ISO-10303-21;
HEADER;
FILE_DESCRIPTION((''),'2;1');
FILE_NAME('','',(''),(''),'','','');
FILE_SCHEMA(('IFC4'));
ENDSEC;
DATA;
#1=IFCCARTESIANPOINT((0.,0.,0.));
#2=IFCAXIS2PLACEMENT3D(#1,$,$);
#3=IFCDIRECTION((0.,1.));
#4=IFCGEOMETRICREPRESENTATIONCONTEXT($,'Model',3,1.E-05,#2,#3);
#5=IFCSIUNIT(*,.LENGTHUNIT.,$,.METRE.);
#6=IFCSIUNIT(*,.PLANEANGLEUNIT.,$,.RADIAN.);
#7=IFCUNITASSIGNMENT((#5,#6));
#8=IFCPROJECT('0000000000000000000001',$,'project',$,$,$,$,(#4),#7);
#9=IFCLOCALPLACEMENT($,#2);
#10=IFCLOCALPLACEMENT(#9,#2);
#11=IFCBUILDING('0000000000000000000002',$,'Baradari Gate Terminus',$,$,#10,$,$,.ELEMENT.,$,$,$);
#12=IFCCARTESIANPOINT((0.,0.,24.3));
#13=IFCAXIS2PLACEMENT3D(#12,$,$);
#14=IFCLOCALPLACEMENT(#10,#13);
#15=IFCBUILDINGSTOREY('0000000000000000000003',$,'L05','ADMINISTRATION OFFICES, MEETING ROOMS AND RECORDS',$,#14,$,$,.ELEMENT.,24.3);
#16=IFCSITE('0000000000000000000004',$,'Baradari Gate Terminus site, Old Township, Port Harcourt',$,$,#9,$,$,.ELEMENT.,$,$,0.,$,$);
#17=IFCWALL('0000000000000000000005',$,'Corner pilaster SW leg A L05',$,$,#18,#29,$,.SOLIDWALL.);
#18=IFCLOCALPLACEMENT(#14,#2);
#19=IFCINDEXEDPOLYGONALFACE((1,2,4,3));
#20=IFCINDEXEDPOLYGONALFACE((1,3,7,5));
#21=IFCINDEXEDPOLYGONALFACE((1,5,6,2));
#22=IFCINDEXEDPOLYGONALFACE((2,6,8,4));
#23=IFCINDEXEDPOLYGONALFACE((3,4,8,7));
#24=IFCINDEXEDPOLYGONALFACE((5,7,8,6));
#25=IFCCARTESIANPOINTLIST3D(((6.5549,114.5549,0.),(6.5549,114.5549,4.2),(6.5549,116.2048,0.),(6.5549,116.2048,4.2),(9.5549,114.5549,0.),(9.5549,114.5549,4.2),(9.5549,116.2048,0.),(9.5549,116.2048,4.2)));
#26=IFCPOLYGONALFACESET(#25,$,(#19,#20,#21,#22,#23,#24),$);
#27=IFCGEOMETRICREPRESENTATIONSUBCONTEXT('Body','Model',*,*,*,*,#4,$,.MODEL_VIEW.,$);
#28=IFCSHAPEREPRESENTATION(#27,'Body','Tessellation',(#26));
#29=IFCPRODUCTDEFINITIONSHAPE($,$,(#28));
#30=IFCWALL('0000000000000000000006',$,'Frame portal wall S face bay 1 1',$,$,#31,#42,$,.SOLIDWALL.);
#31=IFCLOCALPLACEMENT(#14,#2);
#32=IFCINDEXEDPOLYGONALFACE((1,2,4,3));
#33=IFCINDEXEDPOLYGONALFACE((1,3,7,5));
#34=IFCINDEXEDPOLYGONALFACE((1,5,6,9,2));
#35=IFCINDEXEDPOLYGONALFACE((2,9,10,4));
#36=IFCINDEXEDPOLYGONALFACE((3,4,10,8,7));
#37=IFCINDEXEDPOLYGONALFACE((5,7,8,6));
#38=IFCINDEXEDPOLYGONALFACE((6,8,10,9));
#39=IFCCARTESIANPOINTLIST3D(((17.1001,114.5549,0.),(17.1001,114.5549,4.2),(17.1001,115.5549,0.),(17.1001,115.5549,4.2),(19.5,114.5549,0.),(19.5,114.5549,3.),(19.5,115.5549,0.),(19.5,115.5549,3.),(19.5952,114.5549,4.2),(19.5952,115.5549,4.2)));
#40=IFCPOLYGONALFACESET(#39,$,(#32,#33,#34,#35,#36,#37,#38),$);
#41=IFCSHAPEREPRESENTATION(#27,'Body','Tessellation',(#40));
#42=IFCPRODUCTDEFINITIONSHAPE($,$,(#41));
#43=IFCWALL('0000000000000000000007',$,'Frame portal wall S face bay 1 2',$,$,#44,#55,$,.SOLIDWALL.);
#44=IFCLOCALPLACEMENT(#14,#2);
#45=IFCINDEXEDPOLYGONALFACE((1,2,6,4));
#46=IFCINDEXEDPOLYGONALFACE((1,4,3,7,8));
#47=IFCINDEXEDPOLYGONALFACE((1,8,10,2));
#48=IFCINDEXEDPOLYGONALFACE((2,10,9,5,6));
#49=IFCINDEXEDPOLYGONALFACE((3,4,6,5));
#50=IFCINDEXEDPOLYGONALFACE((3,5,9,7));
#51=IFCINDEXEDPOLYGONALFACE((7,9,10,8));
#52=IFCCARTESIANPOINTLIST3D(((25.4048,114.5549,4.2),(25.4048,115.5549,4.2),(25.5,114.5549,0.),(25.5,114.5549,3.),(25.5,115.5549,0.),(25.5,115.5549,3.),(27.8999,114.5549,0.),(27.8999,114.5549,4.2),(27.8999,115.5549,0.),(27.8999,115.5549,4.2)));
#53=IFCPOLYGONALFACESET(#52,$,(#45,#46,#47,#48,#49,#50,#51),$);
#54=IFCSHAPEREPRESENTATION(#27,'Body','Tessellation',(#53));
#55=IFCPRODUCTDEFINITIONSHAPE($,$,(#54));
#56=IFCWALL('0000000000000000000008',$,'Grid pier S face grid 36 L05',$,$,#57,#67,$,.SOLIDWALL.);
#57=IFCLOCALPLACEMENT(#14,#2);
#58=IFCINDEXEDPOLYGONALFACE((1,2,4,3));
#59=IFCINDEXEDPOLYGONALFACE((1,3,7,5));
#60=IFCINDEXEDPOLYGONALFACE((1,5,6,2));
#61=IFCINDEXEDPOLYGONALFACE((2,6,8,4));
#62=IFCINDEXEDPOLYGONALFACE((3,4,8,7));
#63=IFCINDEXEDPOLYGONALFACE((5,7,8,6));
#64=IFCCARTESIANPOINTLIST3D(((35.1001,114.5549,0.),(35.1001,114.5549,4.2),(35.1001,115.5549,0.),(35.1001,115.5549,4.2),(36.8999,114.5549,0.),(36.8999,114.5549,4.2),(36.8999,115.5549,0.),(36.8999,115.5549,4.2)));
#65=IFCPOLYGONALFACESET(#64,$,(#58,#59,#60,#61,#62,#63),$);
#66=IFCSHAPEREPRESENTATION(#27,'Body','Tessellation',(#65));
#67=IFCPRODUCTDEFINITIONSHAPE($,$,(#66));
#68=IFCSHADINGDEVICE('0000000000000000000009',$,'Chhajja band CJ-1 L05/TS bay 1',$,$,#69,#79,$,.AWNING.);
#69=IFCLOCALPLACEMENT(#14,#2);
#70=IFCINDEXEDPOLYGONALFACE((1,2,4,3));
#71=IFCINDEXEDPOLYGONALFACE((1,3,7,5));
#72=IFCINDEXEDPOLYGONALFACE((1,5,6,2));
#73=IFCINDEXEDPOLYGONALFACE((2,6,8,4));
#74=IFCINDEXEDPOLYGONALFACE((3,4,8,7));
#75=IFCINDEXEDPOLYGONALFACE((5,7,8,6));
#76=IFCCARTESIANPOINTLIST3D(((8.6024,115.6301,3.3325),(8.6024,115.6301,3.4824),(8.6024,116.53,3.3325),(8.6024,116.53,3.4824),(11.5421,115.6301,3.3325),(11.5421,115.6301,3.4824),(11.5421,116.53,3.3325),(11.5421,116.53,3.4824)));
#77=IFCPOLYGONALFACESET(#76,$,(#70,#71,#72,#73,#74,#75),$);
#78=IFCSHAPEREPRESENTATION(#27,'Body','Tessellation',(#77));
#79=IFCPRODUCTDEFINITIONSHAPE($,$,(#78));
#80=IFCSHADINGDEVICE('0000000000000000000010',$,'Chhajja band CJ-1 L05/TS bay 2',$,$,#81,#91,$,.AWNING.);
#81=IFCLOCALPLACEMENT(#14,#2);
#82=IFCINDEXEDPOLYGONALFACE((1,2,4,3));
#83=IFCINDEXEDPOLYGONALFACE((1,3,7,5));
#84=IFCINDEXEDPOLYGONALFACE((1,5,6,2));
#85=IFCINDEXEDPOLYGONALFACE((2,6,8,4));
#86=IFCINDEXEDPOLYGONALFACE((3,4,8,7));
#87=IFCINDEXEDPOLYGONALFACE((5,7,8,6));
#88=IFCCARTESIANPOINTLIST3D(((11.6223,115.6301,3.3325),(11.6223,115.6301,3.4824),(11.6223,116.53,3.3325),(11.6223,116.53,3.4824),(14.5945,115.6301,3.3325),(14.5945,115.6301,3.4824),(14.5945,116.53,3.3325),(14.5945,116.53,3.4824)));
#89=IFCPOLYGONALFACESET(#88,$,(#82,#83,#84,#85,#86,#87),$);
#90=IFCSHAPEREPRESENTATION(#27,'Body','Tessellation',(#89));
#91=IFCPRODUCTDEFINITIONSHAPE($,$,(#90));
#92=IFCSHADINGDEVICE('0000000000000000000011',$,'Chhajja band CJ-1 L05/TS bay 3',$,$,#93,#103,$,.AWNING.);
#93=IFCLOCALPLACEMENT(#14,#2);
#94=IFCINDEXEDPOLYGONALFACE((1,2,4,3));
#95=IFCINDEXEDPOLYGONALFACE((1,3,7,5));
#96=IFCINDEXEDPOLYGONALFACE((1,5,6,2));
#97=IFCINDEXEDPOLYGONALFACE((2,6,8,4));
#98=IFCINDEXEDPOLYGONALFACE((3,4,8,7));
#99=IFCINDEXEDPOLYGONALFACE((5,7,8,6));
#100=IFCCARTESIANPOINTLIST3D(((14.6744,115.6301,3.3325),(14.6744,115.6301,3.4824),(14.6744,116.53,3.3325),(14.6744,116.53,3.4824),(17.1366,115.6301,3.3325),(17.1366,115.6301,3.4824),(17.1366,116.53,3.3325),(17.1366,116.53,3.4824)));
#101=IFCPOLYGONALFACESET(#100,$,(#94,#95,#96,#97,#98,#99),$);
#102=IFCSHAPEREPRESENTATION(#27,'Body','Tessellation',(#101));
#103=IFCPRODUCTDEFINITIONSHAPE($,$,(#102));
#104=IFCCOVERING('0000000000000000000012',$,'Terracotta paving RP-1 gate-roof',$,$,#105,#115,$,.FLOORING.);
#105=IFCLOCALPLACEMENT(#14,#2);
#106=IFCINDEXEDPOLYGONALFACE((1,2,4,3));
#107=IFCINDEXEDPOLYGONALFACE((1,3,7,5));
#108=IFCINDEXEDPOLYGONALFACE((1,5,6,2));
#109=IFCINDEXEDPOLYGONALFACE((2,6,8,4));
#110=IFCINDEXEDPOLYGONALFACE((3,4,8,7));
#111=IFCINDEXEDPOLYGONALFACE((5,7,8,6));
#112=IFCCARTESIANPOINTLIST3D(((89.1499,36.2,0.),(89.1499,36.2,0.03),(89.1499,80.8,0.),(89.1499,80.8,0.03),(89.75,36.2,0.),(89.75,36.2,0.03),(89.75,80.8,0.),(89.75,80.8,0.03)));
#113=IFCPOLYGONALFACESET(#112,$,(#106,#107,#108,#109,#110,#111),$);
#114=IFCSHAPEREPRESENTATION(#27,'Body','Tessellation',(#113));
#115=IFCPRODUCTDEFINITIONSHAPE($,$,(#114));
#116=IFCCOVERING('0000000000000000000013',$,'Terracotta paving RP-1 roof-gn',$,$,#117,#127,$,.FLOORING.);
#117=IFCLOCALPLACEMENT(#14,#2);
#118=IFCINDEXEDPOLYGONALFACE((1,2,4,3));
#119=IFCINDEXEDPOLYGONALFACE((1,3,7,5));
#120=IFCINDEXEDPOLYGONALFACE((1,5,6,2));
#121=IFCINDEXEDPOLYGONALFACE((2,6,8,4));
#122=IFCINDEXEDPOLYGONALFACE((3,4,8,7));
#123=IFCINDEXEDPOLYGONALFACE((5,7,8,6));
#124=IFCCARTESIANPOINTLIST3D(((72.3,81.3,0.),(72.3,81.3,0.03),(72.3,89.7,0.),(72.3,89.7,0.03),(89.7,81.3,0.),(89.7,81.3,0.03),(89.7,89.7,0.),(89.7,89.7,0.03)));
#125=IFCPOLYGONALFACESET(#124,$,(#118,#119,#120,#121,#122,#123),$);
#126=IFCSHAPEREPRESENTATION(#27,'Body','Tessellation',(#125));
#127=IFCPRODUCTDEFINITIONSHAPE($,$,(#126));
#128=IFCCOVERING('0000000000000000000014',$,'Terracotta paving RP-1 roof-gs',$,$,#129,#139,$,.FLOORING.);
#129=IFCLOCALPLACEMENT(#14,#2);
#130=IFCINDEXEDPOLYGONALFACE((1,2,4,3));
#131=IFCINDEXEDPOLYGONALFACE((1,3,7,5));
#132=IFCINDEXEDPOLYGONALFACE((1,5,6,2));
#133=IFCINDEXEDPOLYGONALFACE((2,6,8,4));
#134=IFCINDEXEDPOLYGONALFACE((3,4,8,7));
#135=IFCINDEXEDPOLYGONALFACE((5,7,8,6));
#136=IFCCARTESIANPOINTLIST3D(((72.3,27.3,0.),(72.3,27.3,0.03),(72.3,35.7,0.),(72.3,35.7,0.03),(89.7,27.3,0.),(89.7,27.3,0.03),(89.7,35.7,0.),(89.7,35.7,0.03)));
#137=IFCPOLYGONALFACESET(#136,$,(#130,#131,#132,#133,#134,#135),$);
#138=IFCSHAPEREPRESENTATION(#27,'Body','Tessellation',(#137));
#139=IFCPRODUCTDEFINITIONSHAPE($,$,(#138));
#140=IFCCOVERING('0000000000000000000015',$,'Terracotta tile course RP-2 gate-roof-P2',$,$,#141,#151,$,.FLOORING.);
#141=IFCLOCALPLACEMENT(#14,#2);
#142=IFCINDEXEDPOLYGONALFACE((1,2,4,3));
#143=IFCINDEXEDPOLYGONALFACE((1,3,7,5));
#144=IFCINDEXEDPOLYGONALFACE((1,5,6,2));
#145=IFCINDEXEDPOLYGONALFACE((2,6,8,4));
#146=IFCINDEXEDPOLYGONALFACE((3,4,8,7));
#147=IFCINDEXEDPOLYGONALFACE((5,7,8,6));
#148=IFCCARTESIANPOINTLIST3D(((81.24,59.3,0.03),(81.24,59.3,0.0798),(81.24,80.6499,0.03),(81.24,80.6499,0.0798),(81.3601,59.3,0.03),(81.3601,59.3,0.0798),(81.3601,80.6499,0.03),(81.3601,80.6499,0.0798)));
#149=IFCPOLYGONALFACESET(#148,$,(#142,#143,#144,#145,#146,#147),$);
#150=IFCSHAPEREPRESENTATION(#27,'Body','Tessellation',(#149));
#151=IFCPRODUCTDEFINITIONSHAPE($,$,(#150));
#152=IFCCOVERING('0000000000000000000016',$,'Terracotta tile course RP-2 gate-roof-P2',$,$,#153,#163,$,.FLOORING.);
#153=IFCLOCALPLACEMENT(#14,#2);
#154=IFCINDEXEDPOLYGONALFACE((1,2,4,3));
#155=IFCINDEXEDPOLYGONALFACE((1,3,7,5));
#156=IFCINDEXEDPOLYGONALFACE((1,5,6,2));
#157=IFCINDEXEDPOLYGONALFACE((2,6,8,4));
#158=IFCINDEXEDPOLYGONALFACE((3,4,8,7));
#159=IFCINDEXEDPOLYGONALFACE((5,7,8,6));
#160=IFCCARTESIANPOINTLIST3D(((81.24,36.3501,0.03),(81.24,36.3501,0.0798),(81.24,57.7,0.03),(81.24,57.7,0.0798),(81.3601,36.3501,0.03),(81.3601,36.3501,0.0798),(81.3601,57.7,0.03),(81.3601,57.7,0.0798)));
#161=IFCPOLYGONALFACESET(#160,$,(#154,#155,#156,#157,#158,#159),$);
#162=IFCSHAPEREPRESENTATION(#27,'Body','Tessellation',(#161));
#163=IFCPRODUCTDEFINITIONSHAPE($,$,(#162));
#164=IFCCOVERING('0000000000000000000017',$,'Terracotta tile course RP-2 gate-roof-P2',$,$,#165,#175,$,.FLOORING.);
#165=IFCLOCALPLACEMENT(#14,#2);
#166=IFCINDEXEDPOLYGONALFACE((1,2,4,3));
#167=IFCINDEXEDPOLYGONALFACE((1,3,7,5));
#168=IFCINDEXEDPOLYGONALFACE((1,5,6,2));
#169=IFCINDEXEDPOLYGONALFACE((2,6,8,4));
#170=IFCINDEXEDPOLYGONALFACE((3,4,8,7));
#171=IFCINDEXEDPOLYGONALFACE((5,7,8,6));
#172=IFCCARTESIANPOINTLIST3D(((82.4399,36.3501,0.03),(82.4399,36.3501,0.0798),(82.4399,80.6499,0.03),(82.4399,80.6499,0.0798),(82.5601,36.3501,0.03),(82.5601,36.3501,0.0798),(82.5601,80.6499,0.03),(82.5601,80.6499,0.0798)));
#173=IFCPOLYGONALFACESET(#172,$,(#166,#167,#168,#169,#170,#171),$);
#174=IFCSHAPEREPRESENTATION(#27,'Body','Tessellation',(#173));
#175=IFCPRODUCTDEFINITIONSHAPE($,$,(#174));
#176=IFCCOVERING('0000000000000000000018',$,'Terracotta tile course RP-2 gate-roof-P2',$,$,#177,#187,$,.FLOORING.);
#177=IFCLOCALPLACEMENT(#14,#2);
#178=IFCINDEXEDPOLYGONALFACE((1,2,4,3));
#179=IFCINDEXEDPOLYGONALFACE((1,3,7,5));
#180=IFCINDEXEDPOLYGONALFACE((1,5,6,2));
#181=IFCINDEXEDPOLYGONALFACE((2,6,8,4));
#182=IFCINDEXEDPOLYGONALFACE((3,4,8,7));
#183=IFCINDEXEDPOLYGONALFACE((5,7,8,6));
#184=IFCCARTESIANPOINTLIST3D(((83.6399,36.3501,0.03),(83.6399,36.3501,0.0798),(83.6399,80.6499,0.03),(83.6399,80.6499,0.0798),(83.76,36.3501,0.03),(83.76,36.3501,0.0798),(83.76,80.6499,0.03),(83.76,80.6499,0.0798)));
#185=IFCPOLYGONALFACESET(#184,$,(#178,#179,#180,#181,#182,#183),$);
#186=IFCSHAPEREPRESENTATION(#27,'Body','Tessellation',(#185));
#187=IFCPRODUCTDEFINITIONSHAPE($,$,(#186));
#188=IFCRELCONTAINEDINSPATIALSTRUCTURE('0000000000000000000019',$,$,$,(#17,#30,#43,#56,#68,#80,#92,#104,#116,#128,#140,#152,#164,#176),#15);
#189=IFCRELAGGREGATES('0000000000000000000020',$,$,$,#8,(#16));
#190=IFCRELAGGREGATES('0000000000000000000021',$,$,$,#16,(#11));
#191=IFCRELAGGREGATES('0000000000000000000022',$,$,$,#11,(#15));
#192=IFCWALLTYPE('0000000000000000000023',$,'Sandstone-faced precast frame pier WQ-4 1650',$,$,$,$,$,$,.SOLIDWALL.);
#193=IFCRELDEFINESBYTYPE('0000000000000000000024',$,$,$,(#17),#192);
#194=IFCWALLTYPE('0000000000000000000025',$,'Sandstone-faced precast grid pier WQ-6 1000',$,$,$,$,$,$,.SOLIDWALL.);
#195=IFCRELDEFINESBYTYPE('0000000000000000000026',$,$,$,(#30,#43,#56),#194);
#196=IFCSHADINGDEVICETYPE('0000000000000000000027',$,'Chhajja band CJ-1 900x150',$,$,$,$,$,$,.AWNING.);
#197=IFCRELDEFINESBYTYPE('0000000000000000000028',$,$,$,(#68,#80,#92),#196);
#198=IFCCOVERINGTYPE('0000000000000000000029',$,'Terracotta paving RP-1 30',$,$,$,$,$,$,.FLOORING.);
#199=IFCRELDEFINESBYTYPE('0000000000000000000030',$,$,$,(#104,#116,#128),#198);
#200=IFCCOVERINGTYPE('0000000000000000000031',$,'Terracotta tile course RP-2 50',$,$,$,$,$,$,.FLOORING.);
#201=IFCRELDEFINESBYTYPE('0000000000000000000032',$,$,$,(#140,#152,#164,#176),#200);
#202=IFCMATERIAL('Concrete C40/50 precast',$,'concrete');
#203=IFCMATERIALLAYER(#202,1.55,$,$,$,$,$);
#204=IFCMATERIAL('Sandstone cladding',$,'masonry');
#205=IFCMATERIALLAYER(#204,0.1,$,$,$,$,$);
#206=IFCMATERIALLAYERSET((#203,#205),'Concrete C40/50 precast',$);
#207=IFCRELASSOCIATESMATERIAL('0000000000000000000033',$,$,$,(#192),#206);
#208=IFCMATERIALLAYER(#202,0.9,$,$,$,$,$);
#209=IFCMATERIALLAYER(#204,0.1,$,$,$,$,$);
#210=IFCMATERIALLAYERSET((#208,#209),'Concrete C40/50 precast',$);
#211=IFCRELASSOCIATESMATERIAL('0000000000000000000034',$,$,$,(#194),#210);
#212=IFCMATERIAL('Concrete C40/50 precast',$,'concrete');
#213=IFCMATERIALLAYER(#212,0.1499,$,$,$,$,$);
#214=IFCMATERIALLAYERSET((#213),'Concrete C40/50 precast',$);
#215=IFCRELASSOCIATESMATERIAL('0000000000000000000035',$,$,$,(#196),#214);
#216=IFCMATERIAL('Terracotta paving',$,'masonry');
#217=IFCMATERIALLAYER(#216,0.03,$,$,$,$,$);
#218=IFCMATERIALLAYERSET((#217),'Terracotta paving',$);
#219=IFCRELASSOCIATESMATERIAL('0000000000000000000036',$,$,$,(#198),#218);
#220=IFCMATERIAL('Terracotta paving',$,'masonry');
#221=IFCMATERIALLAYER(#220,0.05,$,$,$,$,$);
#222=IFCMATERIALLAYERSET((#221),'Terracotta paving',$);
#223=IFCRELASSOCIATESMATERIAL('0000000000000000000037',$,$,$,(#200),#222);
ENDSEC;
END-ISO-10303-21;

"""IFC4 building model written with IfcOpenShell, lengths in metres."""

from ifc_helpers import new_model, si_unit, direction, frame, frame_2d, origin, origin_2d, place, context, subcontext, project, spatial, polyline, rectangle, outline, extrude, material, layer, layer_set, type_object, element, save


model = new_model("IFC4")

# Units and contexts
model_context = context("Model", 3, precision=1e-05, world=origin(), true_north=direction((0.0, 1.0)))
body_context = subcontext(model_context, "Body", "Model", "MODEL_VIEW")
ifc_project = project(units=[si_unit("LENGTHUNIT", "METRE"), si_unit("PLANEANGLEUNIT", "RADIAN")], contexts=[model_context])

# Site, building, storey
site_placement = place(None, origin())
site = spatial("IfcSite", under=ifc_project, at=site_placement, Name="Baradari Gate Terminus site, Old Township, Port Harcourt", CompositionType="ELEMENT", RefElevation=0.0)
building_placement = place(site_placement, origin())
building = spatial("IfcBuilding", under=site, at=building_placement, Name="Baradari Gate Terminus", CompositionType="ELEMENT")
storey_placement = place(building_placement, frame((0.0, 0.0, 24.3)))
storey = spatial("IfcBuildingStorey", under=building, at=storey_placement, Name="L05", Description="ADMINISTRATION OFFICES, MEETING ROOMS AND RECORDS", CompositionType="ELEMENT", Elevation=24.3)

# Walls
ifc_material_1 = material(Name="Concrete C40/50 precast", Category="concrete")
ifc_layer_1 = layer(ifc_material_1, 1.55)
ifc_material_2 = material(Name="Sandstone cladding", Category="masonry")
ifc_layer_2 = layer(ifc_material_2, 0.1)
ifc_layer_set_1 = layer_set([ifc_layer_1, ifc_layer_2], Name="Concrete C40/50 precast")
wall_type_1 = type_object("IfcWallType", Name="Sandstone-faced precast frame pier WQ-4 1650", PredefinedType="SOLIDWALL", material=ifc_layer_set_1)
wall_1_placement = place(storey_placement, frame((6.5549, 115.3799, 0.0), z_axis=(0.0, 0.0, 1.0), x_axis=(1.0, 0.0, 0.0)))
element("IfcWall", 1, at=wall_1_placement, inside=storey, type_object=wall_type_1, Name="Corner pilaster SW leg A L05", PredefinedType="SOLIDWALL", context=body_context, shape_type="SweptSolid", body=[
    extrude(rectangle(XDim=3.0, YDim=1.6499, at=frame_2d((1.5, 0.0))), origin(), (0.0, 0.0, 1.0), 4.2),
])
ifc_layer_3 = layer(ifc_material_1, 0.9)
ifc_layer_4 = layer(ifc_material_2, 0.1)
ifc_layer_set_2 = layer_set([ifc_layer_3, ifc_layer_4], Name="Concrete C40/50 precast")
wall_type_2 = type_object("IfcWallType", Name="Sandstone-faced precast grid pier WQ-6 1000", PredefinedType="SOLIDWALL", material=ifc_layer_set_2)
wall_2_placement = place(storey_placement, frame((17.1001, 115.0549, 0.0), z_axis=(0.0, 0.0, 1.0), x_axis=(1.0, 0.0, 0.0)))
element("IfcWall", 2, at=wall_2_placement, inside=storey, type_object=wall_type_2, Name="Frame portal wall S face bay 1 1", PredefinedType="SOLIDWALL", context=body_context, shape_type="SweptSolid", body=[
    extrude(outline(polyline([(2.3999, 0.0), (2.3999, 3.0), (2.4951, 4.2), (0.0, 4.2), (0.0, 0.0), (2.3999, 0.0)])), frame((0.0, 0.5, 0.0), z_axis=(0.0, -1.0, 0.0), x_axis=(1.0, 0.0, 0.0)), (0.0, 0.0, 1.0), 1.0),
])
wall_3_placement = place(storey_placement, frame((25.4048, 115.0549, 0.0), z_axis=(0.0, 0.0, 1.0), x_axis=(1.0, 0.0, 0.0)))
element("IfcWall", 3, at=wall_3_placement, inside=storey, type_object=wall_type_2, Name="Frame portal wall S face bay 1 2", PredefinedType="SOLIDWALL", context=body_context, shape_type="SweptSolid", body=[
    extrude(outline(polyline([(0.0, 4.2), (0.0952, 3.0), (0.0952, 0.0), (2.4951, 0.0), (2.4951, 4.2), (0.0, 4.2)])), frame((0.0, 0.5, 0.0), z_axis=(0.0, -1.0, 0.0), x_axis=(1.0, 0.0, 0.0)), (0.0, 0.0, 1.0), 1.0),
])
wall_4_placement = place(storey_placement, frame((35.1001, 115.0549, 0.0), z_axis=(0.0, 0.0, 1.0), x_axis=(1.0, 0.0, 0.0)))
element("IfcWall", 4, at=wall_4_placement, inside=storey, type_object=wall_type_2, Name="Grid pier S face grid 36 L05", PredefinedType="SOLIDWALL", context=body_context, shape_type="SweptSolid", body=[
    extrude(rectangle(XDim=1.7998, YDim=1.0, at=frame_2d((0.8999, 0.0))), origin(), (0.0, 0.0, 1.0), 4.2),
])

# Shading devices
ifc_material_3 = material(Name="Concrete C40/50 precast", Category="concrete")
ifc_layer_5 = layer(ifc_material_3, 0.1499)
ifc_layer_set_3 = layer_set([ifc_layer_5], Name="Concrete C40/50 precast")
shading_device_type = type_object("IfcShadingDeviceType", Name="Chhajja band CJ-1 900x150", PredefinedType="AWNING", material=ifc_layer_set_3)
shading_device_1_placement = place(storey_placement, frame((10.0723, 116.0801, 3.3325), z_axis=(0.0, 0.0, 1.0), x_axis=(1.0, 0.0, 0.0)))
element("IfcShadingDevice", 5, at=shading_device_1_placement, inside=storey, type_object=shading_device_type, Name="Chhajja band CJ-1 L05/TS bay 1", PredefinedType="AWNING", context=body_context, shape_type="SweptSolid", body=[
    extrude(rectangle(XDim=2.9397, YDim=0.8999, at=origin_2d()), origin(), (0.0, 0.0, 1.0), 0.1499),
])
shading_device_2_placement = place(storey_placement, frame((13.1084, 116.0801, 3.3325), z_axis=(0.0, 0.0, 1.0), x_axis=(1.0, 0.0, 0.0)))
element("IfcShadingDevice", 6, at=shading_device_2_placement, inside=storey, type_object=shading_device_type, Name="Chhajja band CJ-1 L05/TS bay 2", PredefinedType="AWNING", context=body_context, shape_type="SweptSolid", body=[
    extrude(rectangle(XDim=2.9722, YDim=0.8999, at=origin_2d()), origin(), (0.0, 0.0, 1.0), 0.1499),
])
shading_device_3_placement = place(storey_placement, frame((15.9055, 116.0801, 3.3325), z_axis=(0.0, 0.0, 1.0), x_axis=(1.0, 0.0, 0.0)))
element("IfcShadingDevice", 7, at=shading_device_3_placement, inside=storey, type_object=shading_device_type, Name="Chhajja band CJ-1 L05/TS bay 3", PredefinedType="AWNING", context=body_context, shape_type="SweptSolid", body=[
    extrude(rectangle(XDim=2.4622, YDim=0.8999, at=origin_2d()), origin(), (0.0, 0.0, 1.0), 0.1499),
])

# Coverings
ifc_material_4 = material(Name="Terracotta paving", Category="masonry")
ifc_layer_6 = layer(ifc_material_4, 0.03)
ifc_layer_set_4 = layer_set([ifc_layer_6], Name="Terracotta paving")
covering_type_1 = type_object("IfcCoveringType", Name="Terracotta paving RP-1 30", PredefinedType="FLOORING", material=ifc_layer_set_4)
covering_1_placement = place(storey_placement, origin())
element("IfcCovering", 8, at=covering_1_placement, inside=storey, type_object=covering_type_1, Name="Terracotta paving RP-1 gate-roof", PredefinedType="FLOORING", context=body_context, shape_type="SweptSolid", body=[
    extrude(outline(polyline([(89.1499, 36.2), (89.1499, 80.8), (89.75, 80.8), (89.75, 36.2), (89.1499, 36.2)])), origin(), (0.0, 0.0, 1.0), 0.03),
])
covering_2_placement = place(storey_placement, origin())
element("IfcCovering", 9, at=covering_2_placement, inside=storey, type_object=covering_type_1, Name="Terracotta paving RP-1 roof-gn", PredefinedType="FLOORING", context=body_context, shape_type="SweptSolid", body=[
    extrude(outline(polyline([(89.7, 81.3), (72.3, 81.3), (72.3, 89.7), (89.7, 89.7), (89.7, 81.3)])), origin(), (0.0, 0.0, 1.0), 0.03),
])
covering_3_placement = place(storey_placement, origin())
element("IfcCovering", 10, at=covering_3_placement, inside=storey, type_object=covering_type_1, Name="Terracotta paving RP-1 roof-gs", PredefinedType="FLOORING", context=body_context, shape_type="SweptSolid", body=[
    extrude(outline(polyline([(89.7, 35.7), (89.7, 27.3), (72.3, 27.3), (72.3, 35.7), (89.7, 35.7)])), origin(), (0.0, 0.0, 1.0), 0.03),
])
ifc_material_5 = material(Name="Terracotta paving", Category="masonry")
ifc_layer_7 = layer(ifc_material_5, 0.05)
ifc_layer_set_5 = layer_set([ifc_layer_7], Name="Terracotta paving")
covering_type_2 = type_object("IfcCoveringType", Name="Terracotta tile course RP-2 50", PredefinedType="FLOORING", material=ifc_layer_set_5)
covering_4_placement = place(storey_placement, frame((0.0, 0.0, 0.03)))
element("IfcCovering", 11, at=covering_4_placement, inside=storey, type_object=covering_type_2, Name="Terracotta tile course RP-2 gate-roof-P2", PredefinedType="FLOORING", context=body_context, shape_type="SweptSolid", body=[
    extrude(outline(polyline([(81.3601, 59.3), (81.3601, 80.6499), (81.24, 80.6499), (81.24, 59.3), (81.3601, 59.3)])), origin(), (0.0, 0.0, 1.0), 0.0498),
])
covering_5_placement = place(storey_placement, frame((0.0, 0.0, 0.03)))
element("IfcCovering", 12, at=covering_5_placement, inside=storey, type_object=covering_type_2, Name="Terracotta tile course RP-2 gate-roof-P2", PredefinedType="FLOORING", context=body_context, shape_type="SweptSolid", body=[
    extrude(outline(polyline([(81.3601, 36.3501), (81.3601, 57.7), (81.24, 57.7), (81.24, 36.3501), (81.3601, 36.3501)])), origin(), (0.0, 0.0, 1.0), 0.0498),
])
covering_6_placement = place(storey_placement, frame((0.0, 0.0, 0.03)))
element("IfcCovering", 13, at=covering_6_placement, inside=storey, type_object=covering_type_2, Name="Terracotta tile course RP-2 gate-roof-P2", PredefinedType="FLOORING", context=body_context, shape_type="SweptSolid", body=[
    extrude(outline(polyline([(82.5601, 36.3501), (82.5601, 80.6499), (82.4399, 80.6499), (82.4399, 36.3501), (82.5601, 36.3501)])), origin(), (0.0, 0.0, 1.0), 0.0498),
])
covering_7_placement = place(storey_placement, frame((0.0, 0.0, 0.03)))
element("IfcCovering", 14, at=covering_7_placement, inside=storey, type_object=covering_type_2, Name="Terracotta tile course RP-2 gate-roof-P2", PredefinedType="FLOORING", context=body_context, shape_type="SweptSolid", body=[
    extrude(outline(polyline([(83.76, 36.3501), (83.76, 80.6499), (83.6399, 80.6499), (83.6399, 36.3501), (83.76, 36.3501)])), origin(), (0.0, 0.0, 1.0), 0.0498),
])

save(model, "model.ifc")
